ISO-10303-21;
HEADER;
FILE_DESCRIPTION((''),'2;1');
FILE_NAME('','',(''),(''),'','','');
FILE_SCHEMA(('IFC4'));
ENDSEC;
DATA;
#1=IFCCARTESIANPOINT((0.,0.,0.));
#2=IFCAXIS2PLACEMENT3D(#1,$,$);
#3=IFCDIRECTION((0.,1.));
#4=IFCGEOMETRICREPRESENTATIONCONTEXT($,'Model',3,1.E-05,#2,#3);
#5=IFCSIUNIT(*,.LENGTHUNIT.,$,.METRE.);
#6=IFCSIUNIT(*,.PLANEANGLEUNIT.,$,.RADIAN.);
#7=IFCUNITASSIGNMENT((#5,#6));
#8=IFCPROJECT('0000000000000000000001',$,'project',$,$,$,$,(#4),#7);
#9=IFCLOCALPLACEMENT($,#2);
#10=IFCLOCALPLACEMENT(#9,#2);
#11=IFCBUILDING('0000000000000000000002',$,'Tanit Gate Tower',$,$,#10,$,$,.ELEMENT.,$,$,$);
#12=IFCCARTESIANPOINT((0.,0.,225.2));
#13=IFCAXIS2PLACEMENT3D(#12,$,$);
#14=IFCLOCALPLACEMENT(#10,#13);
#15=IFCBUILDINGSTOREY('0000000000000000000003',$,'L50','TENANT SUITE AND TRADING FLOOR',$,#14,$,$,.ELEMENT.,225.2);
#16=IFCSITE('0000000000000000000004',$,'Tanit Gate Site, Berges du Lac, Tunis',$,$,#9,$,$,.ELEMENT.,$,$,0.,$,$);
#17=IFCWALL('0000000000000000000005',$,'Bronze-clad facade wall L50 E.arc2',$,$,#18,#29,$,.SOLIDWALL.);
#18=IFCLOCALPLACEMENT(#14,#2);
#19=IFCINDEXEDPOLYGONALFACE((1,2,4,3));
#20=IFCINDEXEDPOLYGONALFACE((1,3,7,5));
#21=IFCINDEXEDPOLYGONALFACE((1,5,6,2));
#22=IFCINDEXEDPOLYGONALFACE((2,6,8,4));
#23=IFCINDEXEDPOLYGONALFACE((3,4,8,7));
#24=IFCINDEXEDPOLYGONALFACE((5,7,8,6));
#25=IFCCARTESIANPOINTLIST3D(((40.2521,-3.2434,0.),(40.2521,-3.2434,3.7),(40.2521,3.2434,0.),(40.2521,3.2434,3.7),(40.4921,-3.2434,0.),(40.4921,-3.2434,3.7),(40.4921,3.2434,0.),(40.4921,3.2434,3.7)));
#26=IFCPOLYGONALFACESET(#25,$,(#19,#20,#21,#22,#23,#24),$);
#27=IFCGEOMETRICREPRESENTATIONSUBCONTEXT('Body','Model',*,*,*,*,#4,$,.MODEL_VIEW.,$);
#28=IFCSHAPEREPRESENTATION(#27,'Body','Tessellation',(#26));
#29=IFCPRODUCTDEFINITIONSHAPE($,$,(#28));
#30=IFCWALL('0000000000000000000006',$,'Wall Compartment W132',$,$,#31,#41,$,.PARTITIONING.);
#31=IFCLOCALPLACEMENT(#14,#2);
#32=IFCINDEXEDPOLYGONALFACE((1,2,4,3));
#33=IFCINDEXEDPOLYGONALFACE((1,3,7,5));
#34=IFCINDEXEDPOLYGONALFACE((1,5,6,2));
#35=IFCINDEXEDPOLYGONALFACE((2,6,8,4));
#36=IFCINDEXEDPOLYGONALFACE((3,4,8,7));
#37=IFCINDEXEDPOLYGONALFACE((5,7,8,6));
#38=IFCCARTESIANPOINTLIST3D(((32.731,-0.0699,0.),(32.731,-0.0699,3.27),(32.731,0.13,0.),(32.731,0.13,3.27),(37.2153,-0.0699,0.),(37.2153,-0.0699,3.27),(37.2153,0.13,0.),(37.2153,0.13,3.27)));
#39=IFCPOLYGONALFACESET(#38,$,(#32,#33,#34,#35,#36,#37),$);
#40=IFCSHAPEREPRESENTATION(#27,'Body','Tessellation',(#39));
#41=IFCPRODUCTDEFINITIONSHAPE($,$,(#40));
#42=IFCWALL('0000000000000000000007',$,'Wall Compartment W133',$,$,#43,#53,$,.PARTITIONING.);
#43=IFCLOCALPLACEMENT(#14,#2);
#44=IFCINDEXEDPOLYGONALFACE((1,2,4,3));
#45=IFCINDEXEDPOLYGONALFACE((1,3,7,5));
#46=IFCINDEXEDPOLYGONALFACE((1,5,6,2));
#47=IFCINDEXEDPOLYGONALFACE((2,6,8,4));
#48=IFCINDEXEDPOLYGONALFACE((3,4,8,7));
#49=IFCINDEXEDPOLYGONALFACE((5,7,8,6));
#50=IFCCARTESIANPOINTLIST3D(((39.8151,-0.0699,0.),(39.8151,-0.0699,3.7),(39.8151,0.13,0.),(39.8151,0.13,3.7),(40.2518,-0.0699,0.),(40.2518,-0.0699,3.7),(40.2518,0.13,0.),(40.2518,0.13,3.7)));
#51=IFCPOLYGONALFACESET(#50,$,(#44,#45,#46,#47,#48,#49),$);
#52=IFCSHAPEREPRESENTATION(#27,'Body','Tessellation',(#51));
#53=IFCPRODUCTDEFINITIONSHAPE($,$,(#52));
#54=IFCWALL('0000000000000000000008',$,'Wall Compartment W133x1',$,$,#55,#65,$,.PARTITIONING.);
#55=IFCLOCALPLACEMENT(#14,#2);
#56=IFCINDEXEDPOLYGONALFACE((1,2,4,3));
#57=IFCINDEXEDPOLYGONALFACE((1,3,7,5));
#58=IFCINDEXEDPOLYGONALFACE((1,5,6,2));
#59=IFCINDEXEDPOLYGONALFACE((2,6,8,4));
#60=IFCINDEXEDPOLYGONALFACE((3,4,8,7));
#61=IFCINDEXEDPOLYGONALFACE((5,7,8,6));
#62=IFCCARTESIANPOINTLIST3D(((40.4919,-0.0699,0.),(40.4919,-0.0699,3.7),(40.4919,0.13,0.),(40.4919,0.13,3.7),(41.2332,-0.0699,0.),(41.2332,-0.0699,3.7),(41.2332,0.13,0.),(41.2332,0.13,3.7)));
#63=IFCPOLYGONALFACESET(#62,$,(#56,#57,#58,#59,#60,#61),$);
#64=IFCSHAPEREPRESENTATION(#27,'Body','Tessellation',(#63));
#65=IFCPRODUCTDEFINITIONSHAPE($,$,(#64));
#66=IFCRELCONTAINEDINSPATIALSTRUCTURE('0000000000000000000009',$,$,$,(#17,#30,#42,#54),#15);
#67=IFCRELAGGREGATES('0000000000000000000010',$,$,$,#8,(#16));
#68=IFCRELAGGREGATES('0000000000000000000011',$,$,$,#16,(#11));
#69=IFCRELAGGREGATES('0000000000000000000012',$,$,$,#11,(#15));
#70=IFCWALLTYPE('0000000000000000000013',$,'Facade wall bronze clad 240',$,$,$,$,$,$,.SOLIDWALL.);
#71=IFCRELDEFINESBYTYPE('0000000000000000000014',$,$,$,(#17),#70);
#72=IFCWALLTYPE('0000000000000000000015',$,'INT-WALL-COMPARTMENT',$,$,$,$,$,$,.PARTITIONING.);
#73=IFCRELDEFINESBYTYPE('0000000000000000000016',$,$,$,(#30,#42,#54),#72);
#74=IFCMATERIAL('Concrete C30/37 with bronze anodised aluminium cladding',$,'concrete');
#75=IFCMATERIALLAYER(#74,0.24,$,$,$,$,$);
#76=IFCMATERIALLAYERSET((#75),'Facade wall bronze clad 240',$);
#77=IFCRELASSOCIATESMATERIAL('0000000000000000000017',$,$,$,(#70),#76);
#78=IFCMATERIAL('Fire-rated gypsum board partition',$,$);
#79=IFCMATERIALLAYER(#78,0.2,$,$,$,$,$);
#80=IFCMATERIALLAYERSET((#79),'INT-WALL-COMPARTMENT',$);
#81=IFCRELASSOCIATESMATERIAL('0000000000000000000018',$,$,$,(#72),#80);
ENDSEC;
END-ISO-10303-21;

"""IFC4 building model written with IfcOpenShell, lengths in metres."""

from ifc_helpers import new_model, si_unit, direction, frame, frame_2d, origin, place, context, subcontext, project, spatial, rectangle, extrude, material, layer, layer_set, type_object, element, save


model = new_model("IFC4")

# Units and contexts
model_context = context("Model", 3, precision=1e-05, world=origin(), true_north=direction((0.0, 1.0)))
body_context = subcontext(model_context, "Body", "Model", "MODEL_VIEW")
ifc_project = project(units=[si_unit("LENGTHUNIT", "METRE"), si_unit("PLANEANGLEUNIT", "RADIAN")], contexts=[model_context])

# Site, building, storey
site_placement = place(None, origin())
site = spatial("IfcSite", under=ifc_project, at=site_placement, Name="Tanit Gate Site, Berges du Lac, Tunis", CompositionType="ELEMENT", RefElevation=0.0)
building_placement = place(site_placement, origin())
building = spatial("IfcBuilding", under=site, at=building_placement, Name="Tanit Gate Tower", CompositionType="ELEMENT")
storey_placement = place(building_placement, frame((0.0, 0.0, 225.2)))
storey = spatial("IfcBuildingStorey", under=building, at=storey_placement, Name="L50", Description="TENANT SUITE AND TRADING FLOOR", CompositionType="ELEMENT", Elevation=225.2)

# Walls
ifc_material_1 = material(Name="Concrete C30/37 with bronze anodised aluminium cladding", Category="concrete")
ifc_layer_1 = layer(ifc_material_1, 0.24)
ifc_layer_set_1 = layer_set([ifc_layer_1], Name="Facade wall bronze clad 240")
wall_type_1 = type_object("IfcWallType", Name="Facade wall bronze clad 240", PredefinedType="SOLIDWALL", material=ifc_layer_set_1)
wall_1_placement = place(storey_placement, frame((40.3721, -3.2434, 0.0), z_axis=(0.0, 0.0, 1.0), x_axis=(0.0, 1.0, 0.0)))
element("IfcWall", 1, at=wall_1_placement, inside=storey, type_object=wall_type_1, Name="Bronze-clad facade wall L50 E.arc2", PredefinedType="SOLIDWALL", context=body_context, shape_type="SweptSolid", body=[
    extrude(rectangle(XDim=6.4868, YDim=0.24, at=frame_2d((3.2434, 0.0))), origin(), (0.0, 0.0, 1.0), 3.7),
])
ifc_material_2 = material(Name="Fire-rated gypsum board partition")
ifc_layer_2 = layer(ifc_material_2, 0.2)
ifc_layer_set_2 = layer_set([ifc_layer_2], Name="INT-WALL-COMPARTMENT")
wall_type_2 = type_object("IfcWallType", Name="INT-WALL-COMPARTMENT", PredefinedType="PARTITIONING", material=ifc_layer_set_2)
wall_2_placement = place(storey_placement, frame((32.731, 0.03, 0.0), z_axis=(0.0, 0.0, 1.0), x_axis=(1.0, 0.0, 0.0)))
element("IfcWall", 2, at=wall_2_placement, inside=storey, type_object=wall_type_2, Name="Wall Compartment W132", PredefinedType="PARTITIONING", context=body_context, shape_type="SweptSolid", body=[
    extrude(rectangle(XDim=4.4844, YDim=0.2, at=frame_2d((2.2422, 0.0))), origin(), (0.0, 0.0, 1.0), 3.27),
])
wall_3_placement = place(storey_placement, frame((39.8152, 0.03, 0.0), z_axis=(0.0, 0.0, 1.0), x_axis=(1.0, 0.0, 0.0)))
element("IfcWall", 3, at=wall_3_placement, inside=storey, type_object=wall_type_2, Name="Wall Compartment W133", PredefinedType="PARTITIONING", context=body_context, shape_type="SweptSolid", body=[
    extrude(rectangle(XDim=0.4368, YDim=0.2, at=frame_2d((0.2183, 0.0))), origin(), (0.0, 0.0, 1.0), 3.7),
])
wall_4_placement = place(storey_placement, frame((40.4919, 0.03, 0.0), z_axis=(0.0, 0.0, 1.0), x_axis=(1.0, 0.0, 0.0)))
element("IfcWall", 4, at=wall_4_placement, inside=storey, type_object=wall_type_2, Name="Wall Compartment W133x1", PredefinedType="PARTITIONING", context=body_context, shape_type="SweptSolid", body=[
    extrude(rectangle(XDim=0.7412, YDim=0.2, at=frame_2d((0.3706, 0.0))), origin(), (0.0, 0.0, 1.0), 3.7),
])

save(model, "model.ifc")
